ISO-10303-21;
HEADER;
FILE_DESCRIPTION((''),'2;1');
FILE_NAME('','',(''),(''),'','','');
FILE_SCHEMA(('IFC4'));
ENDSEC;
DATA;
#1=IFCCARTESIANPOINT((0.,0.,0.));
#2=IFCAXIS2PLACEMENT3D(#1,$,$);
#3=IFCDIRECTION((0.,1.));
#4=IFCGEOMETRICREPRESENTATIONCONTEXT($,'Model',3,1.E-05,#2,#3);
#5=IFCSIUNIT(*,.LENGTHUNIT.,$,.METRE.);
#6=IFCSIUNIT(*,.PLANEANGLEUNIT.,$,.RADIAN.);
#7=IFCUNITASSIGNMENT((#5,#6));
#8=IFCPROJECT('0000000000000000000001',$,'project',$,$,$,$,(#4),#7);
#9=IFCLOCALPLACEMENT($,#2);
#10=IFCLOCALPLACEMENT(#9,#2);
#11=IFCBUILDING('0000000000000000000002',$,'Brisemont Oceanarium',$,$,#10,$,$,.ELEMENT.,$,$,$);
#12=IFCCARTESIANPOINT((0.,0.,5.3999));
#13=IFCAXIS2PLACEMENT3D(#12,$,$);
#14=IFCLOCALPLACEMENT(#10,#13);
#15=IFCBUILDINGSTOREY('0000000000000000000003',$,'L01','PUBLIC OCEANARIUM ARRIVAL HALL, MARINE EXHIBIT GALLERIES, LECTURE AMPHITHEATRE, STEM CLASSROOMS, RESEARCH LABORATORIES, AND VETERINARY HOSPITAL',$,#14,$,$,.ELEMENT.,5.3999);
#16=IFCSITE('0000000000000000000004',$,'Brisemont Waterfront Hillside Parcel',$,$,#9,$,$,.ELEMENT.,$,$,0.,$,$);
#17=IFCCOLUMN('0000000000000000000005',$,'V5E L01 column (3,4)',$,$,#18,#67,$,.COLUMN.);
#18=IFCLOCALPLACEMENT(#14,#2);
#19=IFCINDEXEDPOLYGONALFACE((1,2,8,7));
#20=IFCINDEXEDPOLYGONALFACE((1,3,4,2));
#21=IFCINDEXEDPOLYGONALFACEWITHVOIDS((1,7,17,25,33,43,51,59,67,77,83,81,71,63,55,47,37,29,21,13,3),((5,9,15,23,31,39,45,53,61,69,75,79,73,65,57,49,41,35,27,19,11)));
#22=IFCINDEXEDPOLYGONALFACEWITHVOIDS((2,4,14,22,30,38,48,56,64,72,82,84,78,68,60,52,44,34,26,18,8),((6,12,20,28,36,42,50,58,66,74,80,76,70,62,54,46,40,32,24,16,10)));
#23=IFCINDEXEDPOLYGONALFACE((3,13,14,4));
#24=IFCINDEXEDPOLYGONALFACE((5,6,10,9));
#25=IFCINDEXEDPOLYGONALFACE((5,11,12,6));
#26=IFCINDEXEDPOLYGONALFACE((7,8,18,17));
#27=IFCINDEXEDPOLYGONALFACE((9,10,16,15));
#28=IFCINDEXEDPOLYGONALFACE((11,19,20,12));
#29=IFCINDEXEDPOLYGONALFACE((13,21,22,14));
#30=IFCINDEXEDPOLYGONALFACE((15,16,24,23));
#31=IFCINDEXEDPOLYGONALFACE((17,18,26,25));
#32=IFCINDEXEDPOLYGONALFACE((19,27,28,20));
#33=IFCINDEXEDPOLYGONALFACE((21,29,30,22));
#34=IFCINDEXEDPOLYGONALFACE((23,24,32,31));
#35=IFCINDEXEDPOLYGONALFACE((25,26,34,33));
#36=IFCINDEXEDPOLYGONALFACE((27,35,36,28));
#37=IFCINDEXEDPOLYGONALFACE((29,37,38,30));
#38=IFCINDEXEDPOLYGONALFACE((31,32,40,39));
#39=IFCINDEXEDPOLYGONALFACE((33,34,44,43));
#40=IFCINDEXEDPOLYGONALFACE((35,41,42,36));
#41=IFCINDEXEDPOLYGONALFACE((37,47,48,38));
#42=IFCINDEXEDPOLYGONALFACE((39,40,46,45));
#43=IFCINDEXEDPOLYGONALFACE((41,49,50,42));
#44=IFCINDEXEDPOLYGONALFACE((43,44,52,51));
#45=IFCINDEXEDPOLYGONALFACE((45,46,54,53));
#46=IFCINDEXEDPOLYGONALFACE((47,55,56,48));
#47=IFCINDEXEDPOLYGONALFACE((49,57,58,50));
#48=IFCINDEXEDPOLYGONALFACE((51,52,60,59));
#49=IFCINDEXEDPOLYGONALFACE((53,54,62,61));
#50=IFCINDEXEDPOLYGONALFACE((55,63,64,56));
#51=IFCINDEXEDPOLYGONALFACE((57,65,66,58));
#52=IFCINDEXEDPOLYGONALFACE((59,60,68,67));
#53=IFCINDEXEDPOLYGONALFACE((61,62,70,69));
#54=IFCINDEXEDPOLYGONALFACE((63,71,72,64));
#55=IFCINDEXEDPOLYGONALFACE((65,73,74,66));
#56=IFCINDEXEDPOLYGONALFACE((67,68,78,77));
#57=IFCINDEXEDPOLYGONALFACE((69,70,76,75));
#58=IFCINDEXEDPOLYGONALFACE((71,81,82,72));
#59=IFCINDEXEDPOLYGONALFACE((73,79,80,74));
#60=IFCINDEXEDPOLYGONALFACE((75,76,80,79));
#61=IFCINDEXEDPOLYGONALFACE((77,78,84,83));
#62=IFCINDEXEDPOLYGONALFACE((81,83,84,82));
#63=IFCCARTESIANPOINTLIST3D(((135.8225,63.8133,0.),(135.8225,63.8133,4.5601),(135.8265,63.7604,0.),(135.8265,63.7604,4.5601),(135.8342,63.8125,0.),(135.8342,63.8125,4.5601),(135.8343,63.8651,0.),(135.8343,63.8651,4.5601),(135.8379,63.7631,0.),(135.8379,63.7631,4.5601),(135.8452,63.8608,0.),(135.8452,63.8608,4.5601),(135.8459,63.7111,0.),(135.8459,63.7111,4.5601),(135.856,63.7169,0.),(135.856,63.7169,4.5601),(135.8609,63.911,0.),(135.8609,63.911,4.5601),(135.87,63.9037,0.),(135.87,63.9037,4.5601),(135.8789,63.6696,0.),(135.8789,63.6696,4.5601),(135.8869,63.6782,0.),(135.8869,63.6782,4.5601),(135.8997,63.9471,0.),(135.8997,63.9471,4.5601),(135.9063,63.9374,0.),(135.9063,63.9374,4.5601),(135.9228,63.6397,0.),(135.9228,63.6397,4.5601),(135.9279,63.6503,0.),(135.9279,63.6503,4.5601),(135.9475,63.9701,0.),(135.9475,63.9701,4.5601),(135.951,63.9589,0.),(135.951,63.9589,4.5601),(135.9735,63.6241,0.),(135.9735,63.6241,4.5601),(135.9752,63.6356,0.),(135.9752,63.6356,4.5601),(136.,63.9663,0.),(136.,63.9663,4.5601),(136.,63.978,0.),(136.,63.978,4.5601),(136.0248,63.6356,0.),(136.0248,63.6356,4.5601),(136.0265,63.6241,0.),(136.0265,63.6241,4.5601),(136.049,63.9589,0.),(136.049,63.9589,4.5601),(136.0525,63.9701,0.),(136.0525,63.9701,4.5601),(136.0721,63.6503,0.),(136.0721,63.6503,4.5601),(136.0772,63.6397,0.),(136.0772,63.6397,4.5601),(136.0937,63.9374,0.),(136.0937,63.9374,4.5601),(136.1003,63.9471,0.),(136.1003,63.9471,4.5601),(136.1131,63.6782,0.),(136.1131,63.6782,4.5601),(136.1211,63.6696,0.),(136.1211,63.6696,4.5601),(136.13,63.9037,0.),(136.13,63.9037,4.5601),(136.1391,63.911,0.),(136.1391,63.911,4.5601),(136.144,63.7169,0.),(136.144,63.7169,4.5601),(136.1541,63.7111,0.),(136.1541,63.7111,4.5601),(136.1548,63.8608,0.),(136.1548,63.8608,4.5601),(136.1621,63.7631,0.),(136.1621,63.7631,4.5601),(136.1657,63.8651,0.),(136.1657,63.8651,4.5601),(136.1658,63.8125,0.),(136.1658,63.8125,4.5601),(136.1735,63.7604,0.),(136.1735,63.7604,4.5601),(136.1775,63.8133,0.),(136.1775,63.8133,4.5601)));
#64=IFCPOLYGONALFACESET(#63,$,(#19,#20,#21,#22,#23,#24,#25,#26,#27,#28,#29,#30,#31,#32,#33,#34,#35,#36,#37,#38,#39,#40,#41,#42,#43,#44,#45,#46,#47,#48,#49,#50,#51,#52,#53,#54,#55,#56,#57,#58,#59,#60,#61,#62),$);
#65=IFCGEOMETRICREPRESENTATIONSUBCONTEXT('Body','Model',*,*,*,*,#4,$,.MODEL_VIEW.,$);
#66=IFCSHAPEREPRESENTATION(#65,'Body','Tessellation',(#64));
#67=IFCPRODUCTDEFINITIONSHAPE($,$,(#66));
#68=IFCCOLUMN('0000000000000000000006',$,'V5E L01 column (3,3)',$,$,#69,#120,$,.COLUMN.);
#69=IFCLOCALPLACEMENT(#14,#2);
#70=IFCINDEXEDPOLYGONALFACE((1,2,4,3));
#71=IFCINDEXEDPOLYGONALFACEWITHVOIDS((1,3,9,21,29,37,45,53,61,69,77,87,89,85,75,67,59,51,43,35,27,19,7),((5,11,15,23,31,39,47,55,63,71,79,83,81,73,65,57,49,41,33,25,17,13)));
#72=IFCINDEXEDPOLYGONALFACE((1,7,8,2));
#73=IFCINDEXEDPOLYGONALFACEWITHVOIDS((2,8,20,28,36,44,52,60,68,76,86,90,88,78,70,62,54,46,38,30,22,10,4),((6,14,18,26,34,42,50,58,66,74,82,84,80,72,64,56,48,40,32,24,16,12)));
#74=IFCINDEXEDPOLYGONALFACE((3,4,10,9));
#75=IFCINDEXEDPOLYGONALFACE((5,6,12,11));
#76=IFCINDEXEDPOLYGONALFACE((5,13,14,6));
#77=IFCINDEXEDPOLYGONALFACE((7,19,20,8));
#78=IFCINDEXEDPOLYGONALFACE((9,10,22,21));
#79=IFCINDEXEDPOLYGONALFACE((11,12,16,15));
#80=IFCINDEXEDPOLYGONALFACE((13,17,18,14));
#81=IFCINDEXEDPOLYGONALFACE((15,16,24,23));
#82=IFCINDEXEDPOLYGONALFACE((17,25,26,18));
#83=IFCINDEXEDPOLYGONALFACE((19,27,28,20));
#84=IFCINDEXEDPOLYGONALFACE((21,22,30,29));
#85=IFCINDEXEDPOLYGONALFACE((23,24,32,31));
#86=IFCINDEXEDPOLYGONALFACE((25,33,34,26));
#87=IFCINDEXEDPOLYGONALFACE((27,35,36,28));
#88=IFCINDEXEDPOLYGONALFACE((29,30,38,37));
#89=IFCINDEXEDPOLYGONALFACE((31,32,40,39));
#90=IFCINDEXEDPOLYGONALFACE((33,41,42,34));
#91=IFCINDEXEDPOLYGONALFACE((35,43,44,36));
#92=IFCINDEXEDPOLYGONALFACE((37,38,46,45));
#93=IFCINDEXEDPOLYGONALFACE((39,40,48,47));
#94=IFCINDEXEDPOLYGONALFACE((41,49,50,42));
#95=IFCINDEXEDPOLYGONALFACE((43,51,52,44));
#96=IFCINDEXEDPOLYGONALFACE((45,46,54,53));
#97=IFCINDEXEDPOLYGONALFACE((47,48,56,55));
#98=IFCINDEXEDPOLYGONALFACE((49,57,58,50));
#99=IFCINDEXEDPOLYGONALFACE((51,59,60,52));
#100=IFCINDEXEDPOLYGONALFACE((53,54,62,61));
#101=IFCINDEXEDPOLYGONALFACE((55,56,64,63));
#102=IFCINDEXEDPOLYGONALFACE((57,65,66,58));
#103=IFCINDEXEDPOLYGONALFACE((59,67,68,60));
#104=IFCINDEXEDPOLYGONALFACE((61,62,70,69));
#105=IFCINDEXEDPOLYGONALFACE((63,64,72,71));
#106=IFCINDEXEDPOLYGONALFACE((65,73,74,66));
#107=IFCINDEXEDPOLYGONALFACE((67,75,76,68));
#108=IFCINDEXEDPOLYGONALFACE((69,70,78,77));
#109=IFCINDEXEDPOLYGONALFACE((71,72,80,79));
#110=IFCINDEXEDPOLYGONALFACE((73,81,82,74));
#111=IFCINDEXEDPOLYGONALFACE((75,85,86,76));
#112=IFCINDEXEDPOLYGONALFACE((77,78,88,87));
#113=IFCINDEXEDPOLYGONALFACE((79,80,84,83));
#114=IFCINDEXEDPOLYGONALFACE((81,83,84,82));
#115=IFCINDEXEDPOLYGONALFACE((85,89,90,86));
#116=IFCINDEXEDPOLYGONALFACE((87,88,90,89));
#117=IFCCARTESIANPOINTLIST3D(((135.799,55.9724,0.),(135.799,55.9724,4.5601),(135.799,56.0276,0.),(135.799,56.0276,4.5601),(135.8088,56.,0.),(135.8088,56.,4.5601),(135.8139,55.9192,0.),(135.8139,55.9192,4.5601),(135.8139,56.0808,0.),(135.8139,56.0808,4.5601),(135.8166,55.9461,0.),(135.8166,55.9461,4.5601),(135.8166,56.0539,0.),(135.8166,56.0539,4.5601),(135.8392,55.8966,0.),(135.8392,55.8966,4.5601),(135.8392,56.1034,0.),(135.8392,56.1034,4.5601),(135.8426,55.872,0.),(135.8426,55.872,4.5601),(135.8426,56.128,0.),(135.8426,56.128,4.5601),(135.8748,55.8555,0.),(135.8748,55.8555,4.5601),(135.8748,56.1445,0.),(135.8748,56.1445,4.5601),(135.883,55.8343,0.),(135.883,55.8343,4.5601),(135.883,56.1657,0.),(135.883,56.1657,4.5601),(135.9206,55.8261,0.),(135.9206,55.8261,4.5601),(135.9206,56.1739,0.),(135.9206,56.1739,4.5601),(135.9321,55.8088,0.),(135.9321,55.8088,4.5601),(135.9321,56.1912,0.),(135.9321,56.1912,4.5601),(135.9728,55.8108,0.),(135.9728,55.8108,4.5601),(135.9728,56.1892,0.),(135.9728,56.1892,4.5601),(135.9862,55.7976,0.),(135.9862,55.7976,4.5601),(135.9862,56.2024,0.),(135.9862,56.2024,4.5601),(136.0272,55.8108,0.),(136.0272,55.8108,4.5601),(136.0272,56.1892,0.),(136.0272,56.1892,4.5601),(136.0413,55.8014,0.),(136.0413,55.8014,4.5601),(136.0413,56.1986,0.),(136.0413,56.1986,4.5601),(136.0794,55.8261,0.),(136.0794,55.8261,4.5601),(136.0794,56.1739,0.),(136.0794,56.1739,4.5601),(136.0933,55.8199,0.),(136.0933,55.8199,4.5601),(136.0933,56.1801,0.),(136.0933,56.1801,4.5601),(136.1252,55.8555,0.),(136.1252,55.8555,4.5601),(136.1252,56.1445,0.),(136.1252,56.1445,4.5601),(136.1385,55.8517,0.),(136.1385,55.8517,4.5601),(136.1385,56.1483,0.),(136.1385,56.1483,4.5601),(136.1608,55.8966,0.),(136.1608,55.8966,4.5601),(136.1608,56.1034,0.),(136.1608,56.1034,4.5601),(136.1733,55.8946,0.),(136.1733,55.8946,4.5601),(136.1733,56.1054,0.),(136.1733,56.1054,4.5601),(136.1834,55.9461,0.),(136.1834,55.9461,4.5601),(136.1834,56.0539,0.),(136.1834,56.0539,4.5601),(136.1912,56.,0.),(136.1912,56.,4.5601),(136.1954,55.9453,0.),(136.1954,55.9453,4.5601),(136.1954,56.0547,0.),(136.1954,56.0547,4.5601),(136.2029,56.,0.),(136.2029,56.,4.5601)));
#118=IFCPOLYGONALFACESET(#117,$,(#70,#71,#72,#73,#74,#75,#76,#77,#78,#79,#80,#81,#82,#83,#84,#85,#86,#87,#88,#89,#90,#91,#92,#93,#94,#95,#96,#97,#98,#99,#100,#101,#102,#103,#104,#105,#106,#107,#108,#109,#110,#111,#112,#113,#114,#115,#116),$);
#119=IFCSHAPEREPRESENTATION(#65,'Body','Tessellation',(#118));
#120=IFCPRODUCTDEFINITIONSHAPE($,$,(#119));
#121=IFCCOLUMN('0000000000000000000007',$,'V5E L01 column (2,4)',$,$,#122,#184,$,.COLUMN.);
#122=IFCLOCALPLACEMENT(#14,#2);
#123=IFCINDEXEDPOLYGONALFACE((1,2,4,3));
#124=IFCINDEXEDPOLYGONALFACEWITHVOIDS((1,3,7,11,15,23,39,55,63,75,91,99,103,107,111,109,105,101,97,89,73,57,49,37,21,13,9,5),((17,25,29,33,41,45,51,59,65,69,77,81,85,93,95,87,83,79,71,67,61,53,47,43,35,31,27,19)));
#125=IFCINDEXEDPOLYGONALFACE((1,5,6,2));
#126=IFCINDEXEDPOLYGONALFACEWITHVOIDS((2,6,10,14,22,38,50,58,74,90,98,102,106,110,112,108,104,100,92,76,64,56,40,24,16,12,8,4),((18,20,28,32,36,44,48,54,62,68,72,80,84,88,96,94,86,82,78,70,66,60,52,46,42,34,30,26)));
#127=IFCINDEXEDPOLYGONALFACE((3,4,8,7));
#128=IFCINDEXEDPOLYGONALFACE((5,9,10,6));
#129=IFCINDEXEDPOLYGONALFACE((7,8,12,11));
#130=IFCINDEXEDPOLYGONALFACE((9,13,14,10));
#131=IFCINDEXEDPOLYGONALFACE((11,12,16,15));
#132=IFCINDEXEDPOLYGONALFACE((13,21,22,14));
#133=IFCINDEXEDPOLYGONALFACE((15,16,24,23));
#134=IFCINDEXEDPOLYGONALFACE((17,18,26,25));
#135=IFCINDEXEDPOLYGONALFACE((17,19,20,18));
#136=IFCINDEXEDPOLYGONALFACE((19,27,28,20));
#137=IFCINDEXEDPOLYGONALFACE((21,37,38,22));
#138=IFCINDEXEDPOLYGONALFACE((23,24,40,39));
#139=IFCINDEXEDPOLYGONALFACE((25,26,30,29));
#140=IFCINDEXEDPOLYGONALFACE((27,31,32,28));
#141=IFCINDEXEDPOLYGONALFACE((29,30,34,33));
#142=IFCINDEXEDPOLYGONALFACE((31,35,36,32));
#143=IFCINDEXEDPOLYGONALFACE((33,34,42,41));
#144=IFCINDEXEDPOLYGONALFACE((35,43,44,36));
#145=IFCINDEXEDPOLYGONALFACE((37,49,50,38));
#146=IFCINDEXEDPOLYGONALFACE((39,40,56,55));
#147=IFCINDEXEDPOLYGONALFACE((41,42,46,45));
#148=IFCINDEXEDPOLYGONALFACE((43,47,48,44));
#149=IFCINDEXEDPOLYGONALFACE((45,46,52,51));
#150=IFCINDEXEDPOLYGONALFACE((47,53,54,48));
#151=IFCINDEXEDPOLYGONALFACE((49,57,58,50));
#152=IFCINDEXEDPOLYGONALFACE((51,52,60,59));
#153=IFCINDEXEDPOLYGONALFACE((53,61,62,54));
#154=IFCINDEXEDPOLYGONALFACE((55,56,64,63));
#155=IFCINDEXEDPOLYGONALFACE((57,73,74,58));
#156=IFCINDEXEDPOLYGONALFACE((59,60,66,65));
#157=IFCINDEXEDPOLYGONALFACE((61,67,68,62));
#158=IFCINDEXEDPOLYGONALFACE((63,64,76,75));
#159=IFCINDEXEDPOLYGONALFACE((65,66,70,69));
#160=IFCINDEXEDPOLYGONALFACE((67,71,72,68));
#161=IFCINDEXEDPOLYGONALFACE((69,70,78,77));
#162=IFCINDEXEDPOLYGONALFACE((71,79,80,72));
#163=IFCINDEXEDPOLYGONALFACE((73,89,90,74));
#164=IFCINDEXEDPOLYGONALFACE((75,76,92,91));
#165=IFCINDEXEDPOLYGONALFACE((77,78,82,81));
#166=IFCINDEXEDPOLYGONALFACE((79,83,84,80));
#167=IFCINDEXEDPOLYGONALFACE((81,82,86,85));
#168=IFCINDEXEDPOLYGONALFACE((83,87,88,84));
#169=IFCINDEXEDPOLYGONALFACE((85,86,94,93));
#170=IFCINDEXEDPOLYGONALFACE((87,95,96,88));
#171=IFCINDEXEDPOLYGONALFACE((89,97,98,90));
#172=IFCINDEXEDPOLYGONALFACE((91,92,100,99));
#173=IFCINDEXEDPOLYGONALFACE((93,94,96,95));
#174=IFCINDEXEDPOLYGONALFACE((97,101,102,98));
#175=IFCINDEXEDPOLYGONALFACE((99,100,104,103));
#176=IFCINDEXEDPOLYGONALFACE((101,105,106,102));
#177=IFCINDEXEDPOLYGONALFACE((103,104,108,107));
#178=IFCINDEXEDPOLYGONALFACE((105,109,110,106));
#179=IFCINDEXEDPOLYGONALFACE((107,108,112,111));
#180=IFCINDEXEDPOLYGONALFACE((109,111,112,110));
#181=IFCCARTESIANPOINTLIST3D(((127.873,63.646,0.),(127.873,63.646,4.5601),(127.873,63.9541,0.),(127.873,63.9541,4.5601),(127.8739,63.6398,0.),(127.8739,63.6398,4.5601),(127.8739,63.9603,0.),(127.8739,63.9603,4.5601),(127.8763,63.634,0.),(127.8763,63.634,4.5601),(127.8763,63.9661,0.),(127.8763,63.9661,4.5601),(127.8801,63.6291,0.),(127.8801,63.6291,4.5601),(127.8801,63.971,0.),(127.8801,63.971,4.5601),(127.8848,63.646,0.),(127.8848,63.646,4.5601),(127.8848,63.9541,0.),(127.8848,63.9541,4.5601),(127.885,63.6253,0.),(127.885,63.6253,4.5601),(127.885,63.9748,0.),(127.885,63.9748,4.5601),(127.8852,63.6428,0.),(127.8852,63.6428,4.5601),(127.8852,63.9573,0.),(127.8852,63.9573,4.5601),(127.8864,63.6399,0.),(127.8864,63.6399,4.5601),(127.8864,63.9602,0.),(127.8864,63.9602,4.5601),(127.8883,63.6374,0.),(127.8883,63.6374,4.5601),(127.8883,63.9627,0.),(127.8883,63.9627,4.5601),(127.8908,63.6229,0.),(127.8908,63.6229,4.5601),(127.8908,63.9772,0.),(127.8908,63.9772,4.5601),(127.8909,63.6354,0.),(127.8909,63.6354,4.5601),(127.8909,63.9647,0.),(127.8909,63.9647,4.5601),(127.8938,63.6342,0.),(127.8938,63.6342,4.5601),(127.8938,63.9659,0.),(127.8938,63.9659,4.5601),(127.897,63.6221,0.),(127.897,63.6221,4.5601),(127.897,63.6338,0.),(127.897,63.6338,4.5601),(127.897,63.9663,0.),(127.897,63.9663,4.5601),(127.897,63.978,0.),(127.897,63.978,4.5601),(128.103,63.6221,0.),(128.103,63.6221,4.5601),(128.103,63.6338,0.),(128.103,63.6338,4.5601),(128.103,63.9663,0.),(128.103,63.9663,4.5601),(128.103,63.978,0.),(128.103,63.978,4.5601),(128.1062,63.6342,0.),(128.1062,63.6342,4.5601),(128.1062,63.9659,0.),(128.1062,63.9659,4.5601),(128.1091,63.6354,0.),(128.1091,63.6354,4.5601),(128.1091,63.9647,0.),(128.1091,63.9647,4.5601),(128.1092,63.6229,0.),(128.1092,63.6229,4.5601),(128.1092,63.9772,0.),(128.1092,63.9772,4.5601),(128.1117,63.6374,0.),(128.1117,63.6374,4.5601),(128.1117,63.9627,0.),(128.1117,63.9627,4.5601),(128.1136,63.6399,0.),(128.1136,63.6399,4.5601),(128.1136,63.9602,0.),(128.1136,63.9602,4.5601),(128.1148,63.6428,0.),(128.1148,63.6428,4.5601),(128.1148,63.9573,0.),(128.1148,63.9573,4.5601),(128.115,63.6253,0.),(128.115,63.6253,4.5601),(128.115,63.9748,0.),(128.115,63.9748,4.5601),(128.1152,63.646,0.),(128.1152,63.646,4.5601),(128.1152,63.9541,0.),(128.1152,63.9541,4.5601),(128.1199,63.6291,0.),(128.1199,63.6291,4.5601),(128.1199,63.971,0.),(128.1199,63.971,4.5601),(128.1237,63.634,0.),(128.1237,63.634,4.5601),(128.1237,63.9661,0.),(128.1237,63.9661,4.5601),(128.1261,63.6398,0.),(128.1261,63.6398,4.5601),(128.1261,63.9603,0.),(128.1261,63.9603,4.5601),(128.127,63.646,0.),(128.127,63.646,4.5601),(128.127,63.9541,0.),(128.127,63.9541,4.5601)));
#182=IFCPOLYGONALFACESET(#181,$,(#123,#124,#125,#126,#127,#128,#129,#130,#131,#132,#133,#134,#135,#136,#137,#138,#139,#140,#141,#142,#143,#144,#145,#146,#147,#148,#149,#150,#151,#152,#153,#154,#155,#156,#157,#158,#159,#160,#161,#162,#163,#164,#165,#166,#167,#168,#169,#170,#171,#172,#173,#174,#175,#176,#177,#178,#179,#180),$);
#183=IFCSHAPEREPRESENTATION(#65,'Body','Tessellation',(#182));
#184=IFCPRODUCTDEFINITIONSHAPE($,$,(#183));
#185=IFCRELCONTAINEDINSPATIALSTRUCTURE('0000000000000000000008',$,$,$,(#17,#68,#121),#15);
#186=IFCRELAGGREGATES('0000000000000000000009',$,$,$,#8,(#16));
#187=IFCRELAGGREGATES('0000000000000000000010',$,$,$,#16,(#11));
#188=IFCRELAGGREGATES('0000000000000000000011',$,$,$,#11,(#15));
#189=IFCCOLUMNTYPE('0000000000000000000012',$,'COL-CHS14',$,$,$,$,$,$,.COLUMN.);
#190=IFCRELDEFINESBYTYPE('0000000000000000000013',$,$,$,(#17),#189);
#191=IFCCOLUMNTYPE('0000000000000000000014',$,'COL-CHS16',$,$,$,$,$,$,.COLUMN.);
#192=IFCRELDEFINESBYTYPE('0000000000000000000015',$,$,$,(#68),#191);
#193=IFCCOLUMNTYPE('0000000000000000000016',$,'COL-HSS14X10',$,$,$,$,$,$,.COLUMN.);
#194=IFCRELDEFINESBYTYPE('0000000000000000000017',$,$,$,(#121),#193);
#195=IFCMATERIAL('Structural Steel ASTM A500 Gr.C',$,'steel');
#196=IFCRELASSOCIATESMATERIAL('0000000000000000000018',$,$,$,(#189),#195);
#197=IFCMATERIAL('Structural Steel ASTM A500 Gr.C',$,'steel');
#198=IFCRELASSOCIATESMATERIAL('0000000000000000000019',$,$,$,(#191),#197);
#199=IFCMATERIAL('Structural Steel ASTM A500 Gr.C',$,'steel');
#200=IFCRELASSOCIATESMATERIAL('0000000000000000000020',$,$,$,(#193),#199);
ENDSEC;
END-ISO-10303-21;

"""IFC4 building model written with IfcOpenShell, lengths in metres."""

from ifc_helpers import new_model, si_unit, direction, frame, origin, origin_2d, place, context, subcontext, project, spatial, hollow_rectangle, hollow_circle, extrude, material, material_profile, profile_set, type_object, element, save


model = new_model("IFC4")

# Units and contexts
model_context = context("Model", 3, precision=1e-05, world=origin(), true_north=direction((0.0, 1.0)))
body_context = subcontext(model_context, "Body", "Model", "MODEL_VIEW")
ifc_project = project(units=[si_unit("LENGTHUNIT", "METRE"), si_unit("PLANEANGLEUNIT", "RADIAN")], contexts=[model_context])

# Site, building, storey
site_placement = place(None, origin())
site = spatial("IfcSite", under=ifc_project, at=site_placement, Name="Brisemont Waterfront Hillside Parcel", CompositionType="ELEMENT", RefElevation=0.0)
building_placement = place(site_placement, origin())
building = spatial("IfcBuilding", under=site, at=building_placement, Name="Brisemont Oceanarium", CompositionType="ELEMENT")
storey_placement = place(building_placement, frame((0.0, 0.0, 5.3999)))
storey = spatial("IfcBuildingStorey", under=building, at=storey_placement, Name="L01", Description="PUBLIC OCEANARIUM ARRIVAL HALL, MARINE EXHIBIT GALLERIES, LECTURE AMPHITHEATRE, STEM CLASSROOMS, RESEARCH LABORATORIES, AND VETERINARY HOSPITAL", CompositionType="ELEMENT", Elevation=5.3999)

# Columns
ifc_material_1 = material(Name="Structural Steel ASTM A500 Gr.C", Category="steel")
ifc_material_profile_1 = material_profile(ifc_material_1, hollow_circle(Radius=0.178, WallThickness=0.0117, at=origin_2d()), Name="HSS14.000X0.500")
ifc_profile_set_1 = profile_set([ifc_material_profile_1], Name="Structural Steel ASTM A500 Gr.C")
column_type_1 = type_object("IfcColumnType", Name="COL-CHS14", PredefinedType="COLUMN", material=ifc_profile_set_1)
column_1_placement = place(storey_placement, frame((136.0, 63.8, 0.0), z_axis=(0.0, 0.0, 1.0), x_axis=(0.0, 1.0, 0.0)))
element("IfcColumn", 1, at=column_1_placement, inside=storey, type_object=column_type_1, Name="V5E L01 column (3,4)", PredefinedType="COLUMN", context=body_context, shape_type="SweptSolid", body=[
    extrude(hollow_circle(Radius=0.178, WallThickness=0.0117, at=origin_2d()), origin(), (0.0, 0.0, 1.0), 4.5601),
])
ifc_material_2 = material(Name="Structural Steel ASTM A500 Gr.C", Category="steel")
ifc_material_profile_2 = material_profile(ifc_material_2, hollow_circle(Radius=0.2029, WallThickness=0.0117, at=origin_2d()), Name="HSS16.000X0.500")
ifc_profile_set_2 = profile_set([ifc_material_profile_2], Name="Structural Steel ASTM A500 Gr.C")
column_type_2 = type_object("IfcColumnType", Name="COL-CHS16", PredefinedType="COLUMN", material=ifc_profile_set_2)
column_2_placement = place(storey_placement, frame((136.0, 56.0, 0.0), z_axis=(0.0, 0.0, 1.0), x_axis=(1.0, 0.0, 0.0)))
element("IfcColumn", 2, at=column_2_placement, inside=storey, type_object=column_type_2, Name="V5E L01 column (3,3)", PredefinedType="COLUMN", context=body_context, shape_type="SweptSolid", body=[
    extrude(hollow_circle(Radius=0.2029, WallThickness=0.0117, at=origin_2d()), origin(), (0.0, 0.0, 1.0), 4.5601),
])
ifc_material_3 = material(Name="Structural Steel ASTM A500 Gr.C", Category="steel")
ifc_material_profile_3 = material_profile(ifc_material_3, hollow_rectangle(XDim=0.2539, YDim=0.356, WallThickness=0.0117, InnerFilletRadius=0.0122, OuterFilletRadius=0.0239, at=origin_2d()), Name="HSS14X10X1/2")
ifc_profile_set_3 = profile_set([ifc_material_profile_3], Name="Structural Steel ASTM A500 Gr.C")
column_type_3 = type_object("IfcColumnType", Name="COL-HSS14X10", PredefinedType="COLUMN", material=ifc_profile_set_3)
column_3_placement = place(storey_placement, frame((128.0, 63.8, 0.0), z_axis=(0.0, 0.0, 1.0), x_axis=(1.0, 0.0, 0.0)))
element("IfcColumn", 3, at=column_3_placement, inside=storey, type_object=column_type_3, Name="V5E L01 column (2,4)", PredefinedType="COLUMN", context=body_context, shape_type="SweptSolid", body=[
    extrude(hollow_rectangle(XDim=0.2539, YDim=0.356, WallThickness=0.0117, InnerFilletRadius=0.0122, OuterFilletRadius=0.0239, at=origin_2d()), origin(), (0.0, 0.0, 1.0), 4.5601),
])

save(model, "model.ifc")
